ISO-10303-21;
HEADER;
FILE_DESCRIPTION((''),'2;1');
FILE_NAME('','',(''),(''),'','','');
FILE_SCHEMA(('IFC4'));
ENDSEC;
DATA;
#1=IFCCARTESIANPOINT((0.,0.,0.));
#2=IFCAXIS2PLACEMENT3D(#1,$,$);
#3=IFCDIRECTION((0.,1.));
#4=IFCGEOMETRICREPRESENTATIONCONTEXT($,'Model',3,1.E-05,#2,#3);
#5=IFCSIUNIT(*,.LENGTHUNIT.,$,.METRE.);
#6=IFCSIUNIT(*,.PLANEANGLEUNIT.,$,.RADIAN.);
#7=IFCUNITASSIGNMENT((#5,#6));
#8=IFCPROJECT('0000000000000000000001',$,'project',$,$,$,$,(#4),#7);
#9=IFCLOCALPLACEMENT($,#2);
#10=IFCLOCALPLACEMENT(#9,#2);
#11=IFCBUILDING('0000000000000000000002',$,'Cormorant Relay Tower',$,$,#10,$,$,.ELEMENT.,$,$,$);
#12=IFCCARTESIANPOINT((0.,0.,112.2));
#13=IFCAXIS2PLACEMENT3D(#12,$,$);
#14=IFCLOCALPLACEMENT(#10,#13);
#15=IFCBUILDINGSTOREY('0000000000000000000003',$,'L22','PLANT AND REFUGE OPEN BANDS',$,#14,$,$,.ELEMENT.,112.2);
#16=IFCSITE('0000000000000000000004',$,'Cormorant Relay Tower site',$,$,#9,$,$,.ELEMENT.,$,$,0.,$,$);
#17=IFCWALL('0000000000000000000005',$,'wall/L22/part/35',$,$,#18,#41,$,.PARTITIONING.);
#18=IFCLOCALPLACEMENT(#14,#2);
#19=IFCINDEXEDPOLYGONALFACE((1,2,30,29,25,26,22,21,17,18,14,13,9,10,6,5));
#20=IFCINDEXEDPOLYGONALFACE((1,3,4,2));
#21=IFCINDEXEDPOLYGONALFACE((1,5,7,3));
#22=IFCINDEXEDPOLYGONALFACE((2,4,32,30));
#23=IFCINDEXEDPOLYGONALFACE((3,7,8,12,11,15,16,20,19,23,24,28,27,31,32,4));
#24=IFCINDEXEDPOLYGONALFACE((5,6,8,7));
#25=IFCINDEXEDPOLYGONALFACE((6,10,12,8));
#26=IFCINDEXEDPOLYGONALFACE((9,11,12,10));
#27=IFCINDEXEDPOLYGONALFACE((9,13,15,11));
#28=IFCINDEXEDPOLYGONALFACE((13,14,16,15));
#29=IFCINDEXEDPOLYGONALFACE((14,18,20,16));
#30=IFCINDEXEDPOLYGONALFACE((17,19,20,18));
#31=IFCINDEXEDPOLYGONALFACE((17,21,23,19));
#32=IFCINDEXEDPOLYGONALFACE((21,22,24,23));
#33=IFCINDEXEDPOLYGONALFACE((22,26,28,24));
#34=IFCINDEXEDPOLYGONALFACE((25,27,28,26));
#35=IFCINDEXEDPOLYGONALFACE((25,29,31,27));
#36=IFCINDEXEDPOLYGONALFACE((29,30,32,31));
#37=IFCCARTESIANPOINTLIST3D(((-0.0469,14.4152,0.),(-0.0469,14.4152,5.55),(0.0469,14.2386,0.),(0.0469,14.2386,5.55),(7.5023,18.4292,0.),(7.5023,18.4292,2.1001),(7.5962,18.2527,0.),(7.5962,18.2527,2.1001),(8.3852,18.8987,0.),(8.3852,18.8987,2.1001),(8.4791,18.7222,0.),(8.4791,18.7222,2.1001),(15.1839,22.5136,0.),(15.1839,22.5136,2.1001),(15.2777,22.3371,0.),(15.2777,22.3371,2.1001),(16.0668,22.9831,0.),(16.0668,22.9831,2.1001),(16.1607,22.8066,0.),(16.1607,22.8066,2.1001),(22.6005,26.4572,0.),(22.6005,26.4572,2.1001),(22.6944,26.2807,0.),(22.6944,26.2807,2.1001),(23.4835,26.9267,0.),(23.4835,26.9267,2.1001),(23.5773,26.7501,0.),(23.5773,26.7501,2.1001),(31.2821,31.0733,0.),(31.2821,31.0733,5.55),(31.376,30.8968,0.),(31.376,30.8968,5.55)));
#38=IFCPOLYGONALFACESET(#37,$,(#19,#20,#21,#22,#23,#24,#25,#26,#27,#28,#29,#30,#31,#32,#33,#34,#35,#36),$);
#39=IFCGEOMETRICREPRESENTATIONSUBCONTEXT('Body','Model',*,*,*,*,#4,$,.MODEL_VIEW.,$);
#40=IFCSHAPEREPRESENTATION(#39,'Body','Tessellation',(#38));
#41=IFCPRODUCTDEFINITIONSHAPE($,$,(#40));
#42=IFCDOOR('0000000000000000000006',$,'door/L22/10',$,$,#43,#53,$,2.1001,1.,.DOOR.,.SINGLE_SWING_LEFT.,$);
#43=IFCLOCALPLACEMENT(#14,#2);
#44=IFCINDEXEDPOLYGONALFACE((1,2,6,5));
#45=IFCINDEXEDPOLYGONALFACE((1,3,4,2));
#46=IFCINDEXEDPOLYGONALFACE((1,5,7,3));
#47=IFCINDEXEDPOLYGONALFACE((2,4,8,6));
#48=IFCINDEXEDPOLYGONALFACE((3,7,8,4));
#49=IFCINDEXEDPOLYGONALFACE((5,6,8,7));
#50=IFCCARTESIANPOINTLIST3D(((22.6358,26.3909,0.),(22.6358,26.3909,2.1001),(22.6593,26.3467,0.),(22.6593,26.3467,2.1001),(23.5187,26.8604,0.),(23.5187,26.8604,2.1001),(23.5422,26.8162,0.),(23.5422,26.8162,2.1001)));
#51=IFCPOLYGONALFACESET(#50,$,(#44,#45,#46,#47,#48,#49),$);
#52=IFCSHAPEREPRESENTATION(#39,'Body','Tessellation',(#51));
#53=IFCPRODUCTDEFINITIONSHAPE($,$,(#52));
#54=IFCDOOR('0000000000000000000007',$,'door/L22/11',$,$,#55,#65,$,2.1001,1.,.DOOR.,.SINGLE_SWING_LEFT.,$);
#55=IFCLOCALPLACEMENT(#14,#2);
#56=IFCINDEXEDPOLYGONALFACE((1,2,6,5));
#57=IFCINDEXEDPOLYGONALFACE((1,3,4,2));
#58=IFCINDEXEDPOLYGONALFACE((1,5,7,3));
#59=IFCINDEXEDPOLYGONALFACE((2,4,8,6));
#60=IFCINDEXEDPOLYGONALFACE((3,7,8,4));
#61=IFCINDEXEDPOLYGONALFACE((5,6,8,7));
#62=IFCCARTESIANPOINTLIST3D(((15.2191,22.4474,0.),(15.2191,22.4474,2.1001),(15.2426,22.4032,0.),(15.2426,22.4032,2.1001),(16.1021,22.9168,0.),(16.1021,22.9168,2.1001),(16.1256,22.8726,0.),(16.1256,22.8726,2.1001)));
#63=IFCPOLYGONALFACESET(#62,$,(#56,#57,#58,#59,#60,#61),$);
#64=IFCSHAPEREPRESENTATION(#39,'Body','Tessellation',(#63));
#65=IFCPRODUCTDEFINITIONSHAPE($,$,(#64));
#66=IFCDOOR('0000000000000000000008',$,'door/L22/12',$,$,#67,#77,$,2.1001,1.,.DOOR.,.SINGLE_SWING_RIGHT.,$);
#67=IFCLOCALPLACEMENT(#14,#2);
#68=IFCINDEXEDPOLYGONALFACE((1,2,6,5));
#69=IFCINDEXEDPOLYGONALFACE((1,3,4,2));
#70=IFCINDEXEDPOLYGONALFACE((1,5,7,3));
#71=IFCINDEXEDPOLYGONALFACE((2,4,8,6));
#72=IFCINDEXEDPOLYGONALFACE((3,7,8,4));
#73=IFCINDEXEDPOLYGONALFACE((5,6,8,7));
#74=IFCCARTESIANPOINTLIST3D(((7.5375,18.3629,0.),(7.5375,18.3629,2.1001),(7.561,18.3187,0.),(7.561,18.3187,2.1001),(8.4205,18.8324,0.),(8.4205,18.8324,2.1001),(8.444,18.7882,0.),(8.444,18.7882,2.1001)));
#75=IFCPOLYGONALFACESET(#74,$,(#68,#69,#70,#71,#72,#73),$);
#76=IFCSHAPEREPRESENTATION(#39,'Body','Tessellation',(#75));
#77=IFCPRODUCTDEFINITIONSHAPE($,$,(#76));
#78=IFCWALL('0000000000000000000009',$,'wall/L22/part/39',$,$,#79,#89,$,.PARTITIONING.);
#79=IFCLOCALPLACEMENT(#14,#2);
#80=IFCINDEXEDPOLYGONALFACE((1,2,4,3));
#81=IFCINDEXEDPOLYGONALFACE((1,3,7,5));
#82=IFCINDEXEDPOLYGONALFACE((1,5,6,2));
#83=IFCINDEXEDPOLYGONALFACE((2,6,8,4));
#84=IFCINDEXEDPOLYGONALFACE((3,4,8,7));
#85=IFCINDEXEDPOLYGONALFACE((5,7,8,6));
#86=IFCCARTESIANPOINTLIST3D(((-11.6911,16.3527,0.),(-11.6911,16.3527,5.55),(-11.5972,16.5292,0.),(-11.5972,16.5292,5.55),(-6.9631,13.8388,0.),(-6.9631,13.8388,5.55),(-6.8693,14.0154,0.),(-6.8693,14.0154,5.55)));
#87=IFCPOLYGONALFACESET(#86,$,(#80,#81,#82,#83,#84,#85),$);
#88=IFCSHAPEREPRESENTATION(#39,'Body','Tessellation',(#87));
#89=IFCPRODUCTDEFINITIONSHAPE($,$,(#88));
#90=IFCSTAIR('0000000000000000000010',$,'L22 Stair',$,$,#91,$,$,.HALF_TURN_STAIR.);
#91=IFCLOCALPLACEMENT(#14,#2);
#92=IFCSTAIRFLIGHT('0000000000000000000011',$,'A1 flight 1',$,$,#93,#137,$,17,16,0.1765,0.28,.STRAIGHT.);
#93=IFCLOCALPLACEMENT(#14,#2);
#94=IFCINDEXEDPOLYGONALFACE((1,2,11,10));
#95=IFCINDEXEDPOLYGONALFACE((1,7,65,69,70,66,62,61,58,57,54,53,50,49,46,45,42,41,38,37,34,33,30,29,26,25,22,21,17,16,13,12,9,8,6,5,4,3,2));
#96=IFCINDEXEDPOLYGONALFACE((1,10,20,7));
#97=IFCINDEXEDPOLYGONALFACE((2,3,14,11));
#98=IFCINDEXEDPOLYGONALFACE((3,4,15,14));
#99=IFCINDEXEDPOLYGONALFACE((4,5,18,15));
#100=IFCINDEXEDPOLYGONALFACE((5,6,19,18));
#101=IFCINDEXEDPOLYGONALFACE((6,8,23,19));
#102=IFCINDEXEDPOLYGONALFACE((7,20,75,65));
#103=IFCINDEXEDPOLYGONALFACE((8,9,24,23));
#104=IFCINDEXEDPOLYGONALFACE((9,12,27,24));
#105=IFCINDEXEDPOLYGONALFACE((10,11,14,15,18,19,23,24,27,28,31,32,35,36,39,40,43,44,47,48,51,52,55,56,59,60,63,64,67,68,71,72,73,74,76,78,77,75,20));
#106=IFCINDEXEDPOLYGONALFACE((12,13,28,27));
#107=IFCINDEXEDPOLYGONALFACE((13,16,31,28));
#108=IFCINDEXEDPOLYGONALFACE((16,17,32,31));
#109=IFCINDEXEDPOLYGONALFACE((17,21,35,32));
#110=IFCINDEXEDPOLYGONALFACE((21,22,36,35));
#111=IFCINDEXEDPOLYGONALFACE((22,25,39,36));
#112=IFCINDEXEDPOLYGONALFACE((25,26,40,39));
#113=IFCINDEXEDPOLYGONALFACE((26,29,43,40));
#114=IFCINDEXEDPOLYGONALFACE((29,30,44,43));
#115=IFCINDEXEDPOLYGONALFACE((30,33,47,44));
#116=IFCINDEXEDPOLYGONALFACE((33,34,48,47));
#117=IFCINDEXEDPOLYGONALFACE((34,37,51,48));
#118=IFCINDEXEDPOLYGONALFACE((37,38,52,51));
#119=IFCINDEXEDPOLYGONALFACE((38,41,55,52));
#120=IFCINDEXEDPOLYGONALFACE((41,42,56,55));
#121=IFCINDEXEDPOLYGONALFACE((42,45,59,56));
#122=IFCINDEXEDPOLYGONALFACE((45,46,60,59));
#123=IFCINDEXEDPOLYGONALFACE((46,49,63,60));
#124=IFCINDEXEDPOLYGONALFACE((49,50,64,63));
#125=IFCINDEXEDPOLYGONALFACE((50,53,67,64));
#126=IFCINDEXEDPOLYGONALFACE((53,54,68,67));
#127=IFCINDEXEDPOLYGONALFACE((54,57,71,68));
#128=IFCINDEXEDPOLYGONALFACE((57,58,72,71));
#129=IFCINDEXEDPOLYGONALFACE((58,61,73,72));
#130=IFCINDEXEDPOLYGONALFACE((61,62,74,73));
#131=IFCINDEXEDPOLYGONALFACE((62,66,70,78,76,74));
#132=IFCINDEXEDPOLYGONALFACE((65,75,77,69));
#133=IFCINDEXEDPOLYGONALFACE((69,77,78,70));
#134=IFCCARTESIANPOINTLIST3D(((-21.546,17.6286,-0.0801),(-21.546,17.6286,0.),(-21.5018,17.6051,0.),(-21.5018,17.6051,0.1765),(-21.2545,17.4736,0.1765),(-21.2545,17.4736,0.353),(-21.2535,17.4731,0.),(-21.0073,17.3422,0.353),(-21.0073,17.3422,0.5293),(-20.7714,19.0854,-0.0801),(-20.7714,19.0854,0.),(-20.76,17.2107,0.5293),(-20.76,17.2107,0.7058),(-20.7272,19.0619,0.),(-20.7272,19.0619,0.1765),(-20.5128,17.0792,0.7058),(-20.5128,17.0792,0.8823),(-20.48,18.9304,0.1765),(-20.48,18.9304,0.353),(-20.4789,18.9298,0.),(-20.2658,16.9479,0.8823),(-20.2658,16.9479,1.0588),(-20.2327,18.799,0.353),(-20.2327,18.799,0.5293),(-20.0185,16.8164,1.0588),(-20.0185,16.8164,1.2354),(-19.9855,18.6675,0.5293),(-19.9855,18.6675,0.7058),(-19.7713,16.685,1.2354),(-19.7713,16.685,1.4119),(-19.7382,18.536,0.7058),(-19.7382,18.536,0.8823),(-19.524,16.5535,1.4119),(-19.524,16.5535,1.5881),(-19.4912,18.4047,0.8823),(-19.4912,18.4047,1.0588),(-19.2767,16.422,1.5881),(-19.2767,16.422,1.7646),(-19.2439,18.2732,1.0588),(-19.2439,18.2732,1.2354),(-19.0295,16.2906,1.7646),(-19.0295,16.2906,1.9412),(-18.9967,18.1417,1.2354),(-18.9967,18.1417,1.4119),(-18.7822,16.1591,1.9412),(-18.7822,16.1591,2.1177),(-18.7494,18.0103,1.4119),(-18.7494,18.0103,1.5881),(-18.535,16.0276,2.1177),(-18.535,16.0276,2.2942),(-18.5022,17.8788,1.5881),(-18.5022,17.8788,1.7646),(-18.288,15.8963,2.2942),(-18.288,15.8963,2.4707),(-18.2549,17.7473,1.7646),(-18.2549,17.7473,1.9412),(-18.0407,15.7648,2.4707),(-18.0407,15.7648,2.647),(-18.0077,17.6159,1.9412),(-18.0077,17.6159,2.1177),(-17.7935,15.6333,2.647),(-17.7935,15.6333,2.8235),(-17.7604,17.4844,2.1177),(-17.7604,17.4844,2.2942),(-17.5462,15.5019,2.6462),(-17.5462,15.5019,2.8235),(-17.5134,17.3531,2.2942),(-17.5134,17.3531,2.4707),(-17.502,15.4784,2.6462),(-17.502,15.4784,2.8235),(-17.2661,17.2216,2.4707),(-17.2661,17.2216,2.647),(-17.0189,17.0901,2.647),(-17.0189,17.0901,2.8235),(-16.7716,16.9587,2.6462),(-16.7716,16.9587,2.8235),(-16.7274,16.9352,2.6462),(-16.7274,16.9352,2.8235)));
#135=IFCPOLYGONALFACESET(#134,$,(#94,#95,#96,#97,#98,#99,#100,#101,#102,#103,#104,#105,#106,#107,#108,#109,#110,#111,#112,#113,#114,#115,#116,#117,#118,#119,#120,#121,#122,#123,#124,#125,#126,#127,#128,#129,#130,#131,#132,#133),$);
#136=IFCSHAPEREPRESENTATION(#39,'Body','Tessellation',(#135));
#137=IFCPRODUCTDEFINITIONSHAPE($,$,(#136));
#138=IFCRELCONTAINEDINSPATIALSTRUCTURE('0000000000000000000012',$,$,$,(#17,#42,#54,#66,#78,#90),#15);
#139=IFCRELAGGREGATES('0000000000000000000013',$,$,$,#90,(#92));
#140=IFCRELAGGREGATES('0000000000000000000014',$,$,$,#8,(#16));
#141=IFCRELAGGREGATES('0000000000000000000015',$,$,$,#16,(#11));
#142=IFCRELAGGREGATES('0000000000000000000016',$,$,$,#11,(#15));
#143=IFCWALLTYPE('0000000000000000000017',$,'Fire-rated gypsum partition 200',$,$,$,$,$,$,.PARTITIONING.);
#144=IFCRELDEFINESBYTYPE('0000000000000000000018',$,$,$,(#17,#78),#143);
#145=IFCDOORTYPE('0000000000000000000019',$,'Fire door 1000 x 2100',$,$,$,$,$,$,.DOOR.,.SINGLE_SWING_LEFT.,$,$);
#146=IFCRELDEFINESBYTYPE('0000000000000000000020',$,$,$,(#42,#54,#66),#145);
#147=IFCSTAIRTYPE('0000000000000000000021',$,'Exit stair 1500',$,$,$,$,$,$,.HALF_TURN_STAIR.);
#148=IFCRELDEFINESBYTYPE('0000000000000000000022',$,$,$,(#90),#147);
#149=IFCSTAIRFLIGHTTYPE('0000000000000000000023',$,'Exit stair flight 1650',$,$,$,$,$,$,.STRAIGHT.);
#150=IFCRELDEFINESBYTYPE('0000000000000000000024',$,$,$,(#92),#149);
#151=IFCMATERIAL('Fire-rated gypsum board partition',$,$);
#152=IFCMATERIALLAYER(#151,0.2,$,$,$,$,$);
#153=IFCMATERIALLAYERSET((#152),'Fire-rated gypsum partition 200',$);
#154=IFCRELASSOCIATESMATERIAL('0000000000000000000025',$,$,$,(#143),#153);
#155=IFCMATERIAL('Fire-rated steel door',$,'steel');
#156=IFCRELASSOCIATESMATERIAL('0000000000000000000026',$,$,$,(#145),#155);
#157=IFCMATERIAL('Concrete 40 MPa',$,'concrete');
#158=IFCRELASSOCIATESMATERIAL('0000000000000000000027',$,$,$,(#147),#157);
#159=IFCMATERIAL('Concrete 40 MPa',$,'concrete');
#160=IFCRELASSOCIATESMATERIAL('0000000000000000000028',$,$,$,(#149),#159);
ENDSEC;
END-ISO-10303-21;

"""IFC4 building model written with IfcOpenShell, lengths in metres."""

from ifc_helpers import new_model, si_unit, direction, frame, frame_2d, origin, place, context, subcontext, project, spatial, polyline, rectangle, outline, extrude, material, layer, layer_set, type_object, element, fill, aggregate, save


model = new_model("IFC4")

# Units and contexts
model_context = context("Model", 3, precision=1e-05, world=origin(), true_north=direction((0.0, 1.0)))
body_context = subcontext(model_context, "Body", "Model", "MODEL_VIEW")
ifc_project = project(units=[si_unit("LENGTHUNIT", "METRE"), si_unit("PLANEANGLEUNIT", "RADIAN")], contexts=[model_context])

# Site, building, storey
site_placement = place(None, origin())
site = spatial("IfcSite", under=ifc_project, at=site_placement, Name="Cormorant Relay Tower site", CompositionType="ELEMENT", RefElevation=0.0)
building_placement = place(site_placement, origin())
building = spatial("IfcBuilding", under=site, at=building_placement, Name="Cormorant Relay Tower", CompositionType="ELEMENT")
storey_placement = place(building_placement, frame((0.0, 0.0, 112.2)))
storey = spatial("IfcBuildingStorey", under=building, at=storey_placement, Name="L22", Description="PLANT AND REFUGE OPEN BANDS", CompositionType="ELEMENT", Elevation=112.2)

# Wall, openings, doors
ifc_material_1 = material(Name="Fire-rated gypsum board partition")
ifc_layer_1 = layer(ifc_material_1, 0.2)
ifc_layer_set_1 = layer_set([ifc_layer_1], Name="Fire-rated gypsum partition 200")
wall_type_1 = type_object("IfcWallType", Name="Fire-rated gypsum partition 200", PredefinedType="PARTITIONING", material=ifc_layer_set_1)
wall_1_placement = place(storey_placement, frame((0.0, 14.3269, 0.0), z_axis=(0.0, 0.0, 1.0), x_axis=(0.882945, 0.469476, 0.0)))
wall_1 = element("IfcWall", 1, at=wall_1_placement, inside=storey, type_object=wall_type_1, Name="wall/L22/part/35", PredefinedType="PARTITIONING", context=body_context, shape_type="SweptSolid", body=[
    extrude(rectangle(XDim=35.4824, YDim=0.2, at=frame_2d((17.7412, 0.0))), origin(), (0.0, 0.0, 1.0), 5.55),
])
opening_1_placement = place(wall_1_placement, frame((25.6499, 0.0, 0.0)))
opening_1 = element("IfcOpeningElement", 2, at=opening_1_placement, cuts=wall_1, PredefinedType="OPENING", context=body_context, shape_type="SweptSolid", body=[
    extrude(rectangle(XDim=1.0, YDim=2.1001, at=frame_2d((0.5, 1.05))), frame((0.0, 0.1099, 0.0), z_axis=(0.0, -1.0, 0.0), x_axis=(1.0, 0.0, 0.0)), (0.0, 0.0, 1.0), 0.22),
])
opening_2_placement = place(wall_1_placement, frame((17.25, 0.0, 0.0)))
opening_2 = element("IfcOpeningElement", 3, at=opening_2_placement, cuts=wall_1, PredefinedType="OPENING", context=body_context, shape_type="SweptSolid", body=[
    extrude(rectangle(XDim=1.0, YDim=2.1001, at=frame_2d((0.5, 1.05))), frame((0.0, 0.1099, 0.0), z_axis=(0.0, -1.0, 0.0), x_axis=(1.0, 0.0, 0.0)), (0.0, 0.0, 1.0), 0.22),
])
opening_3_placement = place(wall_1_placement, frame((8.55, 0.0, 0.0)))
opening_3 = element("IfcOpeningElement", 4, at=opening_3_placement, cuts=wall_1, PredefinedType="OPENING", context=body_context, shape_type="SweptSolid", body=[
    extrude(rectangle(XDim=1.0, YDim=2.1001, at=frame_2d((0.5, 1.05))), frame((0.0, 0.1099, 0.0), z_axis=(0.0, -1.0, 0.0), x_axis=(1.0, 0.0, 0.0)), (0.0, 0.0, 1.0), 0.22),
])
ifc_material_2 = material(Name="Fire-rated steel door", Category="steel")
door_type_1 = type_object("IfcDoorType", Name="Fire door 1000 x 2100", OperationType="SINGLE_SWING_LEFT", PredefinedType="DOOR", material=ifc_material_2)
door_1_placement = place(opening_1_placement, origin())
door_1 = element("IfcDoor", 5, at=door_1_placement, inside=storey, type_object=door_type_1, Name="door/L22/10", OperationType="SINGLE_SWING_LEFT", OverallHeight=2.1001, OverallWidth=1.0, PredefinedType="DOOR", context=body_context, shape_type="SweptSolid", body=[
    extrude(rectangle(XDim=1.0, YDim=2.1001, at=frame_2d((0.5, 1.05))), frame((0.0, 0.0249, 0.0), z_axis=(0.0, -1.0, 0.0), x_axis=(1.0, 0.0, 0.0)), (0.0, 0.0, 1.0), 0.05),
])
fill(opening_1, door_1)
door_2_placement = place(opening_2_placement, origin())
door_2 = element("IfcDoor", 6, at=door_2_placement, inside=storey, type_object=door_type_1, Name="door/L22/11", OperationType="SINGLE_SWING_LEFT", OverallHeight=2.1001, OverallWidth=1.0, PredefinedType="DOOR", context=body_context, shape_type="SweptSolid", body=[
    extrude(rectangle(XDim=1.0, YDim=2.1001, at=frame_2d((0.5, 1.05))), frame((0.0, 0.0249, 0.0), z_axis=(0.0, -1.0, 0.0), x_axis=(1.0, 0.0, 0.0)), (0.0, 0.0, 1.0), 0.05),
])
fill(opening_2, door_2)
door_3_placement = place(opening_3_placement, origin())
door_3 = element("IfcDoor", 7, at=door_3_placement, inside=storey, type_object=door_type_1, Name="door/L22/12", OperationType="SINGLE_SWING_RIGHT", OverallHeight=2.1001, OverallWidth=1.0, PredefinedType="DOOR", context=body_context, shape_type="SweptSolid", body=[
    extrude(rectangle(XDim=1.0, YDim=2.1001, at=frame_2d((0.5, 1.05))), frame((0.0, 0.0249, 0.0), z_axis=(0.0, -1.0, 0.0), x_axis=(1.0, 0.0, 0.0)), (0.0, 0.0, 1.0), 0.05),
])
fill(opening_3, door_3)

# Wall
wall_2_placement = place(storey_placement, frame((-11.644, 16.4409, 0.0), z_axis=(0.0, 0.0, 1.0), x_axis=(0.882949, -0.469469, 0.0)))
element("IfcWall", 8, at=wall_2_placement, inside=storey, type_object=wall_type_1, Name="wall/L22/part/39", PredefinedType="PARTITIONING", context=body_context, shape_type="SweptSolid", body=[
    extrude(rectangle(XDim=5.3547, YDim=0.2, at=frame_2d((2.6772, 0.0))), origin(), (0.0, 0.0, 1.0), 5.55),
])

# Stair, stair flight
ifc_material_3 = material(Name="Concrete 40 MPa", Category="concrete")
stair_type = type_object("IfcStairType", Name="Exit stair 1500", PredefinedType="HALF_TURN_STAIR", material=ifc_material_3)
stair_placement = place(storey_placement, origin())
stair = element("IfcStair", 9, at=stair_placement, inside=storey, type_object=stair_type, Name="L22 Stair", PredefinedType="HALF_TURN_STAIR")
ifc_material_4 = material(Name="Concrete 40 MPa", Category="concrete")
stair_flight_type = type_object("IfcStairFlightType", Name="Exit stair flight 1650", PredefinedType="STRAIGHT", material=ifc_material_4)
stair_flight_1_placement = place(storey_placement, frame((-21.1145, 18.3335, 0.0), z_axis=(0.0, 0.0, 1.0), x_axis=(0.882948, -0.469472, 0.0)))
stair_flight_1 = element("IfcStairFlight", 10, at=stair_flight_1_placement, type_object=stair_flight_type, Name="A1 flight 1", NumberOfRisers=17, NumberOfTreads=16, PredefinedType="STRAIGHT", RiserHeight=0.1765, TreadLength=0.28, context=body_context, shape_type="SweptSolid", body=[
    extrude(outline(polyline([(-0.05, -0.0801), (-0.05, 0.0), (0.0, 0.0), (0.0, 0.1765), (0.28, 0.1765), (0.28, 0.353), (0.5601, 0.353), (0.5601, 0.5293), (0.8401, 0.5293), (0.8401, 0.7058), (1.1201, 0.7058), (1.1201, 0.8823), (1.3999, 0.8823), (1.3999, 1.0588), (1.6799, 1.0588), (1.6799, 1.2354), (1.96, 1.2354), (1.96, 1.4119), (2.24, 1.4119), (2.24, 1.5881), (2.52, 1.5881), (2.52, 1.7646), (2.8, 1.7646), (2.8, 1.9412), (3.0801, 1.9412), (3.0801, 2.1177), (3.3601, 2.1177), (3.3601, 2.2942), (3.6399, 2.2942), (3.6399, 2.4707), (3.9199, 2.4707), (3.9199, 2.647), (4.2, 2.647), (4.2, 2.8235), (4.48, 2.8235), (4.53, 2.8235), (4.53, 2.6462), (4.48, 2.6462), (0.2812, 0.0), (-0.05, -0.0801)])), frame((0.0, 0.825, 0.0), z_axis=(0.0, -1.0, 0.0), x_axis=(1.0, 0.0, 0.0)), (0.0, 0.0, 1.0), 1.6499),
])
aggregate(stair, [stair_flight_1])

save(model, "model.ifc")
